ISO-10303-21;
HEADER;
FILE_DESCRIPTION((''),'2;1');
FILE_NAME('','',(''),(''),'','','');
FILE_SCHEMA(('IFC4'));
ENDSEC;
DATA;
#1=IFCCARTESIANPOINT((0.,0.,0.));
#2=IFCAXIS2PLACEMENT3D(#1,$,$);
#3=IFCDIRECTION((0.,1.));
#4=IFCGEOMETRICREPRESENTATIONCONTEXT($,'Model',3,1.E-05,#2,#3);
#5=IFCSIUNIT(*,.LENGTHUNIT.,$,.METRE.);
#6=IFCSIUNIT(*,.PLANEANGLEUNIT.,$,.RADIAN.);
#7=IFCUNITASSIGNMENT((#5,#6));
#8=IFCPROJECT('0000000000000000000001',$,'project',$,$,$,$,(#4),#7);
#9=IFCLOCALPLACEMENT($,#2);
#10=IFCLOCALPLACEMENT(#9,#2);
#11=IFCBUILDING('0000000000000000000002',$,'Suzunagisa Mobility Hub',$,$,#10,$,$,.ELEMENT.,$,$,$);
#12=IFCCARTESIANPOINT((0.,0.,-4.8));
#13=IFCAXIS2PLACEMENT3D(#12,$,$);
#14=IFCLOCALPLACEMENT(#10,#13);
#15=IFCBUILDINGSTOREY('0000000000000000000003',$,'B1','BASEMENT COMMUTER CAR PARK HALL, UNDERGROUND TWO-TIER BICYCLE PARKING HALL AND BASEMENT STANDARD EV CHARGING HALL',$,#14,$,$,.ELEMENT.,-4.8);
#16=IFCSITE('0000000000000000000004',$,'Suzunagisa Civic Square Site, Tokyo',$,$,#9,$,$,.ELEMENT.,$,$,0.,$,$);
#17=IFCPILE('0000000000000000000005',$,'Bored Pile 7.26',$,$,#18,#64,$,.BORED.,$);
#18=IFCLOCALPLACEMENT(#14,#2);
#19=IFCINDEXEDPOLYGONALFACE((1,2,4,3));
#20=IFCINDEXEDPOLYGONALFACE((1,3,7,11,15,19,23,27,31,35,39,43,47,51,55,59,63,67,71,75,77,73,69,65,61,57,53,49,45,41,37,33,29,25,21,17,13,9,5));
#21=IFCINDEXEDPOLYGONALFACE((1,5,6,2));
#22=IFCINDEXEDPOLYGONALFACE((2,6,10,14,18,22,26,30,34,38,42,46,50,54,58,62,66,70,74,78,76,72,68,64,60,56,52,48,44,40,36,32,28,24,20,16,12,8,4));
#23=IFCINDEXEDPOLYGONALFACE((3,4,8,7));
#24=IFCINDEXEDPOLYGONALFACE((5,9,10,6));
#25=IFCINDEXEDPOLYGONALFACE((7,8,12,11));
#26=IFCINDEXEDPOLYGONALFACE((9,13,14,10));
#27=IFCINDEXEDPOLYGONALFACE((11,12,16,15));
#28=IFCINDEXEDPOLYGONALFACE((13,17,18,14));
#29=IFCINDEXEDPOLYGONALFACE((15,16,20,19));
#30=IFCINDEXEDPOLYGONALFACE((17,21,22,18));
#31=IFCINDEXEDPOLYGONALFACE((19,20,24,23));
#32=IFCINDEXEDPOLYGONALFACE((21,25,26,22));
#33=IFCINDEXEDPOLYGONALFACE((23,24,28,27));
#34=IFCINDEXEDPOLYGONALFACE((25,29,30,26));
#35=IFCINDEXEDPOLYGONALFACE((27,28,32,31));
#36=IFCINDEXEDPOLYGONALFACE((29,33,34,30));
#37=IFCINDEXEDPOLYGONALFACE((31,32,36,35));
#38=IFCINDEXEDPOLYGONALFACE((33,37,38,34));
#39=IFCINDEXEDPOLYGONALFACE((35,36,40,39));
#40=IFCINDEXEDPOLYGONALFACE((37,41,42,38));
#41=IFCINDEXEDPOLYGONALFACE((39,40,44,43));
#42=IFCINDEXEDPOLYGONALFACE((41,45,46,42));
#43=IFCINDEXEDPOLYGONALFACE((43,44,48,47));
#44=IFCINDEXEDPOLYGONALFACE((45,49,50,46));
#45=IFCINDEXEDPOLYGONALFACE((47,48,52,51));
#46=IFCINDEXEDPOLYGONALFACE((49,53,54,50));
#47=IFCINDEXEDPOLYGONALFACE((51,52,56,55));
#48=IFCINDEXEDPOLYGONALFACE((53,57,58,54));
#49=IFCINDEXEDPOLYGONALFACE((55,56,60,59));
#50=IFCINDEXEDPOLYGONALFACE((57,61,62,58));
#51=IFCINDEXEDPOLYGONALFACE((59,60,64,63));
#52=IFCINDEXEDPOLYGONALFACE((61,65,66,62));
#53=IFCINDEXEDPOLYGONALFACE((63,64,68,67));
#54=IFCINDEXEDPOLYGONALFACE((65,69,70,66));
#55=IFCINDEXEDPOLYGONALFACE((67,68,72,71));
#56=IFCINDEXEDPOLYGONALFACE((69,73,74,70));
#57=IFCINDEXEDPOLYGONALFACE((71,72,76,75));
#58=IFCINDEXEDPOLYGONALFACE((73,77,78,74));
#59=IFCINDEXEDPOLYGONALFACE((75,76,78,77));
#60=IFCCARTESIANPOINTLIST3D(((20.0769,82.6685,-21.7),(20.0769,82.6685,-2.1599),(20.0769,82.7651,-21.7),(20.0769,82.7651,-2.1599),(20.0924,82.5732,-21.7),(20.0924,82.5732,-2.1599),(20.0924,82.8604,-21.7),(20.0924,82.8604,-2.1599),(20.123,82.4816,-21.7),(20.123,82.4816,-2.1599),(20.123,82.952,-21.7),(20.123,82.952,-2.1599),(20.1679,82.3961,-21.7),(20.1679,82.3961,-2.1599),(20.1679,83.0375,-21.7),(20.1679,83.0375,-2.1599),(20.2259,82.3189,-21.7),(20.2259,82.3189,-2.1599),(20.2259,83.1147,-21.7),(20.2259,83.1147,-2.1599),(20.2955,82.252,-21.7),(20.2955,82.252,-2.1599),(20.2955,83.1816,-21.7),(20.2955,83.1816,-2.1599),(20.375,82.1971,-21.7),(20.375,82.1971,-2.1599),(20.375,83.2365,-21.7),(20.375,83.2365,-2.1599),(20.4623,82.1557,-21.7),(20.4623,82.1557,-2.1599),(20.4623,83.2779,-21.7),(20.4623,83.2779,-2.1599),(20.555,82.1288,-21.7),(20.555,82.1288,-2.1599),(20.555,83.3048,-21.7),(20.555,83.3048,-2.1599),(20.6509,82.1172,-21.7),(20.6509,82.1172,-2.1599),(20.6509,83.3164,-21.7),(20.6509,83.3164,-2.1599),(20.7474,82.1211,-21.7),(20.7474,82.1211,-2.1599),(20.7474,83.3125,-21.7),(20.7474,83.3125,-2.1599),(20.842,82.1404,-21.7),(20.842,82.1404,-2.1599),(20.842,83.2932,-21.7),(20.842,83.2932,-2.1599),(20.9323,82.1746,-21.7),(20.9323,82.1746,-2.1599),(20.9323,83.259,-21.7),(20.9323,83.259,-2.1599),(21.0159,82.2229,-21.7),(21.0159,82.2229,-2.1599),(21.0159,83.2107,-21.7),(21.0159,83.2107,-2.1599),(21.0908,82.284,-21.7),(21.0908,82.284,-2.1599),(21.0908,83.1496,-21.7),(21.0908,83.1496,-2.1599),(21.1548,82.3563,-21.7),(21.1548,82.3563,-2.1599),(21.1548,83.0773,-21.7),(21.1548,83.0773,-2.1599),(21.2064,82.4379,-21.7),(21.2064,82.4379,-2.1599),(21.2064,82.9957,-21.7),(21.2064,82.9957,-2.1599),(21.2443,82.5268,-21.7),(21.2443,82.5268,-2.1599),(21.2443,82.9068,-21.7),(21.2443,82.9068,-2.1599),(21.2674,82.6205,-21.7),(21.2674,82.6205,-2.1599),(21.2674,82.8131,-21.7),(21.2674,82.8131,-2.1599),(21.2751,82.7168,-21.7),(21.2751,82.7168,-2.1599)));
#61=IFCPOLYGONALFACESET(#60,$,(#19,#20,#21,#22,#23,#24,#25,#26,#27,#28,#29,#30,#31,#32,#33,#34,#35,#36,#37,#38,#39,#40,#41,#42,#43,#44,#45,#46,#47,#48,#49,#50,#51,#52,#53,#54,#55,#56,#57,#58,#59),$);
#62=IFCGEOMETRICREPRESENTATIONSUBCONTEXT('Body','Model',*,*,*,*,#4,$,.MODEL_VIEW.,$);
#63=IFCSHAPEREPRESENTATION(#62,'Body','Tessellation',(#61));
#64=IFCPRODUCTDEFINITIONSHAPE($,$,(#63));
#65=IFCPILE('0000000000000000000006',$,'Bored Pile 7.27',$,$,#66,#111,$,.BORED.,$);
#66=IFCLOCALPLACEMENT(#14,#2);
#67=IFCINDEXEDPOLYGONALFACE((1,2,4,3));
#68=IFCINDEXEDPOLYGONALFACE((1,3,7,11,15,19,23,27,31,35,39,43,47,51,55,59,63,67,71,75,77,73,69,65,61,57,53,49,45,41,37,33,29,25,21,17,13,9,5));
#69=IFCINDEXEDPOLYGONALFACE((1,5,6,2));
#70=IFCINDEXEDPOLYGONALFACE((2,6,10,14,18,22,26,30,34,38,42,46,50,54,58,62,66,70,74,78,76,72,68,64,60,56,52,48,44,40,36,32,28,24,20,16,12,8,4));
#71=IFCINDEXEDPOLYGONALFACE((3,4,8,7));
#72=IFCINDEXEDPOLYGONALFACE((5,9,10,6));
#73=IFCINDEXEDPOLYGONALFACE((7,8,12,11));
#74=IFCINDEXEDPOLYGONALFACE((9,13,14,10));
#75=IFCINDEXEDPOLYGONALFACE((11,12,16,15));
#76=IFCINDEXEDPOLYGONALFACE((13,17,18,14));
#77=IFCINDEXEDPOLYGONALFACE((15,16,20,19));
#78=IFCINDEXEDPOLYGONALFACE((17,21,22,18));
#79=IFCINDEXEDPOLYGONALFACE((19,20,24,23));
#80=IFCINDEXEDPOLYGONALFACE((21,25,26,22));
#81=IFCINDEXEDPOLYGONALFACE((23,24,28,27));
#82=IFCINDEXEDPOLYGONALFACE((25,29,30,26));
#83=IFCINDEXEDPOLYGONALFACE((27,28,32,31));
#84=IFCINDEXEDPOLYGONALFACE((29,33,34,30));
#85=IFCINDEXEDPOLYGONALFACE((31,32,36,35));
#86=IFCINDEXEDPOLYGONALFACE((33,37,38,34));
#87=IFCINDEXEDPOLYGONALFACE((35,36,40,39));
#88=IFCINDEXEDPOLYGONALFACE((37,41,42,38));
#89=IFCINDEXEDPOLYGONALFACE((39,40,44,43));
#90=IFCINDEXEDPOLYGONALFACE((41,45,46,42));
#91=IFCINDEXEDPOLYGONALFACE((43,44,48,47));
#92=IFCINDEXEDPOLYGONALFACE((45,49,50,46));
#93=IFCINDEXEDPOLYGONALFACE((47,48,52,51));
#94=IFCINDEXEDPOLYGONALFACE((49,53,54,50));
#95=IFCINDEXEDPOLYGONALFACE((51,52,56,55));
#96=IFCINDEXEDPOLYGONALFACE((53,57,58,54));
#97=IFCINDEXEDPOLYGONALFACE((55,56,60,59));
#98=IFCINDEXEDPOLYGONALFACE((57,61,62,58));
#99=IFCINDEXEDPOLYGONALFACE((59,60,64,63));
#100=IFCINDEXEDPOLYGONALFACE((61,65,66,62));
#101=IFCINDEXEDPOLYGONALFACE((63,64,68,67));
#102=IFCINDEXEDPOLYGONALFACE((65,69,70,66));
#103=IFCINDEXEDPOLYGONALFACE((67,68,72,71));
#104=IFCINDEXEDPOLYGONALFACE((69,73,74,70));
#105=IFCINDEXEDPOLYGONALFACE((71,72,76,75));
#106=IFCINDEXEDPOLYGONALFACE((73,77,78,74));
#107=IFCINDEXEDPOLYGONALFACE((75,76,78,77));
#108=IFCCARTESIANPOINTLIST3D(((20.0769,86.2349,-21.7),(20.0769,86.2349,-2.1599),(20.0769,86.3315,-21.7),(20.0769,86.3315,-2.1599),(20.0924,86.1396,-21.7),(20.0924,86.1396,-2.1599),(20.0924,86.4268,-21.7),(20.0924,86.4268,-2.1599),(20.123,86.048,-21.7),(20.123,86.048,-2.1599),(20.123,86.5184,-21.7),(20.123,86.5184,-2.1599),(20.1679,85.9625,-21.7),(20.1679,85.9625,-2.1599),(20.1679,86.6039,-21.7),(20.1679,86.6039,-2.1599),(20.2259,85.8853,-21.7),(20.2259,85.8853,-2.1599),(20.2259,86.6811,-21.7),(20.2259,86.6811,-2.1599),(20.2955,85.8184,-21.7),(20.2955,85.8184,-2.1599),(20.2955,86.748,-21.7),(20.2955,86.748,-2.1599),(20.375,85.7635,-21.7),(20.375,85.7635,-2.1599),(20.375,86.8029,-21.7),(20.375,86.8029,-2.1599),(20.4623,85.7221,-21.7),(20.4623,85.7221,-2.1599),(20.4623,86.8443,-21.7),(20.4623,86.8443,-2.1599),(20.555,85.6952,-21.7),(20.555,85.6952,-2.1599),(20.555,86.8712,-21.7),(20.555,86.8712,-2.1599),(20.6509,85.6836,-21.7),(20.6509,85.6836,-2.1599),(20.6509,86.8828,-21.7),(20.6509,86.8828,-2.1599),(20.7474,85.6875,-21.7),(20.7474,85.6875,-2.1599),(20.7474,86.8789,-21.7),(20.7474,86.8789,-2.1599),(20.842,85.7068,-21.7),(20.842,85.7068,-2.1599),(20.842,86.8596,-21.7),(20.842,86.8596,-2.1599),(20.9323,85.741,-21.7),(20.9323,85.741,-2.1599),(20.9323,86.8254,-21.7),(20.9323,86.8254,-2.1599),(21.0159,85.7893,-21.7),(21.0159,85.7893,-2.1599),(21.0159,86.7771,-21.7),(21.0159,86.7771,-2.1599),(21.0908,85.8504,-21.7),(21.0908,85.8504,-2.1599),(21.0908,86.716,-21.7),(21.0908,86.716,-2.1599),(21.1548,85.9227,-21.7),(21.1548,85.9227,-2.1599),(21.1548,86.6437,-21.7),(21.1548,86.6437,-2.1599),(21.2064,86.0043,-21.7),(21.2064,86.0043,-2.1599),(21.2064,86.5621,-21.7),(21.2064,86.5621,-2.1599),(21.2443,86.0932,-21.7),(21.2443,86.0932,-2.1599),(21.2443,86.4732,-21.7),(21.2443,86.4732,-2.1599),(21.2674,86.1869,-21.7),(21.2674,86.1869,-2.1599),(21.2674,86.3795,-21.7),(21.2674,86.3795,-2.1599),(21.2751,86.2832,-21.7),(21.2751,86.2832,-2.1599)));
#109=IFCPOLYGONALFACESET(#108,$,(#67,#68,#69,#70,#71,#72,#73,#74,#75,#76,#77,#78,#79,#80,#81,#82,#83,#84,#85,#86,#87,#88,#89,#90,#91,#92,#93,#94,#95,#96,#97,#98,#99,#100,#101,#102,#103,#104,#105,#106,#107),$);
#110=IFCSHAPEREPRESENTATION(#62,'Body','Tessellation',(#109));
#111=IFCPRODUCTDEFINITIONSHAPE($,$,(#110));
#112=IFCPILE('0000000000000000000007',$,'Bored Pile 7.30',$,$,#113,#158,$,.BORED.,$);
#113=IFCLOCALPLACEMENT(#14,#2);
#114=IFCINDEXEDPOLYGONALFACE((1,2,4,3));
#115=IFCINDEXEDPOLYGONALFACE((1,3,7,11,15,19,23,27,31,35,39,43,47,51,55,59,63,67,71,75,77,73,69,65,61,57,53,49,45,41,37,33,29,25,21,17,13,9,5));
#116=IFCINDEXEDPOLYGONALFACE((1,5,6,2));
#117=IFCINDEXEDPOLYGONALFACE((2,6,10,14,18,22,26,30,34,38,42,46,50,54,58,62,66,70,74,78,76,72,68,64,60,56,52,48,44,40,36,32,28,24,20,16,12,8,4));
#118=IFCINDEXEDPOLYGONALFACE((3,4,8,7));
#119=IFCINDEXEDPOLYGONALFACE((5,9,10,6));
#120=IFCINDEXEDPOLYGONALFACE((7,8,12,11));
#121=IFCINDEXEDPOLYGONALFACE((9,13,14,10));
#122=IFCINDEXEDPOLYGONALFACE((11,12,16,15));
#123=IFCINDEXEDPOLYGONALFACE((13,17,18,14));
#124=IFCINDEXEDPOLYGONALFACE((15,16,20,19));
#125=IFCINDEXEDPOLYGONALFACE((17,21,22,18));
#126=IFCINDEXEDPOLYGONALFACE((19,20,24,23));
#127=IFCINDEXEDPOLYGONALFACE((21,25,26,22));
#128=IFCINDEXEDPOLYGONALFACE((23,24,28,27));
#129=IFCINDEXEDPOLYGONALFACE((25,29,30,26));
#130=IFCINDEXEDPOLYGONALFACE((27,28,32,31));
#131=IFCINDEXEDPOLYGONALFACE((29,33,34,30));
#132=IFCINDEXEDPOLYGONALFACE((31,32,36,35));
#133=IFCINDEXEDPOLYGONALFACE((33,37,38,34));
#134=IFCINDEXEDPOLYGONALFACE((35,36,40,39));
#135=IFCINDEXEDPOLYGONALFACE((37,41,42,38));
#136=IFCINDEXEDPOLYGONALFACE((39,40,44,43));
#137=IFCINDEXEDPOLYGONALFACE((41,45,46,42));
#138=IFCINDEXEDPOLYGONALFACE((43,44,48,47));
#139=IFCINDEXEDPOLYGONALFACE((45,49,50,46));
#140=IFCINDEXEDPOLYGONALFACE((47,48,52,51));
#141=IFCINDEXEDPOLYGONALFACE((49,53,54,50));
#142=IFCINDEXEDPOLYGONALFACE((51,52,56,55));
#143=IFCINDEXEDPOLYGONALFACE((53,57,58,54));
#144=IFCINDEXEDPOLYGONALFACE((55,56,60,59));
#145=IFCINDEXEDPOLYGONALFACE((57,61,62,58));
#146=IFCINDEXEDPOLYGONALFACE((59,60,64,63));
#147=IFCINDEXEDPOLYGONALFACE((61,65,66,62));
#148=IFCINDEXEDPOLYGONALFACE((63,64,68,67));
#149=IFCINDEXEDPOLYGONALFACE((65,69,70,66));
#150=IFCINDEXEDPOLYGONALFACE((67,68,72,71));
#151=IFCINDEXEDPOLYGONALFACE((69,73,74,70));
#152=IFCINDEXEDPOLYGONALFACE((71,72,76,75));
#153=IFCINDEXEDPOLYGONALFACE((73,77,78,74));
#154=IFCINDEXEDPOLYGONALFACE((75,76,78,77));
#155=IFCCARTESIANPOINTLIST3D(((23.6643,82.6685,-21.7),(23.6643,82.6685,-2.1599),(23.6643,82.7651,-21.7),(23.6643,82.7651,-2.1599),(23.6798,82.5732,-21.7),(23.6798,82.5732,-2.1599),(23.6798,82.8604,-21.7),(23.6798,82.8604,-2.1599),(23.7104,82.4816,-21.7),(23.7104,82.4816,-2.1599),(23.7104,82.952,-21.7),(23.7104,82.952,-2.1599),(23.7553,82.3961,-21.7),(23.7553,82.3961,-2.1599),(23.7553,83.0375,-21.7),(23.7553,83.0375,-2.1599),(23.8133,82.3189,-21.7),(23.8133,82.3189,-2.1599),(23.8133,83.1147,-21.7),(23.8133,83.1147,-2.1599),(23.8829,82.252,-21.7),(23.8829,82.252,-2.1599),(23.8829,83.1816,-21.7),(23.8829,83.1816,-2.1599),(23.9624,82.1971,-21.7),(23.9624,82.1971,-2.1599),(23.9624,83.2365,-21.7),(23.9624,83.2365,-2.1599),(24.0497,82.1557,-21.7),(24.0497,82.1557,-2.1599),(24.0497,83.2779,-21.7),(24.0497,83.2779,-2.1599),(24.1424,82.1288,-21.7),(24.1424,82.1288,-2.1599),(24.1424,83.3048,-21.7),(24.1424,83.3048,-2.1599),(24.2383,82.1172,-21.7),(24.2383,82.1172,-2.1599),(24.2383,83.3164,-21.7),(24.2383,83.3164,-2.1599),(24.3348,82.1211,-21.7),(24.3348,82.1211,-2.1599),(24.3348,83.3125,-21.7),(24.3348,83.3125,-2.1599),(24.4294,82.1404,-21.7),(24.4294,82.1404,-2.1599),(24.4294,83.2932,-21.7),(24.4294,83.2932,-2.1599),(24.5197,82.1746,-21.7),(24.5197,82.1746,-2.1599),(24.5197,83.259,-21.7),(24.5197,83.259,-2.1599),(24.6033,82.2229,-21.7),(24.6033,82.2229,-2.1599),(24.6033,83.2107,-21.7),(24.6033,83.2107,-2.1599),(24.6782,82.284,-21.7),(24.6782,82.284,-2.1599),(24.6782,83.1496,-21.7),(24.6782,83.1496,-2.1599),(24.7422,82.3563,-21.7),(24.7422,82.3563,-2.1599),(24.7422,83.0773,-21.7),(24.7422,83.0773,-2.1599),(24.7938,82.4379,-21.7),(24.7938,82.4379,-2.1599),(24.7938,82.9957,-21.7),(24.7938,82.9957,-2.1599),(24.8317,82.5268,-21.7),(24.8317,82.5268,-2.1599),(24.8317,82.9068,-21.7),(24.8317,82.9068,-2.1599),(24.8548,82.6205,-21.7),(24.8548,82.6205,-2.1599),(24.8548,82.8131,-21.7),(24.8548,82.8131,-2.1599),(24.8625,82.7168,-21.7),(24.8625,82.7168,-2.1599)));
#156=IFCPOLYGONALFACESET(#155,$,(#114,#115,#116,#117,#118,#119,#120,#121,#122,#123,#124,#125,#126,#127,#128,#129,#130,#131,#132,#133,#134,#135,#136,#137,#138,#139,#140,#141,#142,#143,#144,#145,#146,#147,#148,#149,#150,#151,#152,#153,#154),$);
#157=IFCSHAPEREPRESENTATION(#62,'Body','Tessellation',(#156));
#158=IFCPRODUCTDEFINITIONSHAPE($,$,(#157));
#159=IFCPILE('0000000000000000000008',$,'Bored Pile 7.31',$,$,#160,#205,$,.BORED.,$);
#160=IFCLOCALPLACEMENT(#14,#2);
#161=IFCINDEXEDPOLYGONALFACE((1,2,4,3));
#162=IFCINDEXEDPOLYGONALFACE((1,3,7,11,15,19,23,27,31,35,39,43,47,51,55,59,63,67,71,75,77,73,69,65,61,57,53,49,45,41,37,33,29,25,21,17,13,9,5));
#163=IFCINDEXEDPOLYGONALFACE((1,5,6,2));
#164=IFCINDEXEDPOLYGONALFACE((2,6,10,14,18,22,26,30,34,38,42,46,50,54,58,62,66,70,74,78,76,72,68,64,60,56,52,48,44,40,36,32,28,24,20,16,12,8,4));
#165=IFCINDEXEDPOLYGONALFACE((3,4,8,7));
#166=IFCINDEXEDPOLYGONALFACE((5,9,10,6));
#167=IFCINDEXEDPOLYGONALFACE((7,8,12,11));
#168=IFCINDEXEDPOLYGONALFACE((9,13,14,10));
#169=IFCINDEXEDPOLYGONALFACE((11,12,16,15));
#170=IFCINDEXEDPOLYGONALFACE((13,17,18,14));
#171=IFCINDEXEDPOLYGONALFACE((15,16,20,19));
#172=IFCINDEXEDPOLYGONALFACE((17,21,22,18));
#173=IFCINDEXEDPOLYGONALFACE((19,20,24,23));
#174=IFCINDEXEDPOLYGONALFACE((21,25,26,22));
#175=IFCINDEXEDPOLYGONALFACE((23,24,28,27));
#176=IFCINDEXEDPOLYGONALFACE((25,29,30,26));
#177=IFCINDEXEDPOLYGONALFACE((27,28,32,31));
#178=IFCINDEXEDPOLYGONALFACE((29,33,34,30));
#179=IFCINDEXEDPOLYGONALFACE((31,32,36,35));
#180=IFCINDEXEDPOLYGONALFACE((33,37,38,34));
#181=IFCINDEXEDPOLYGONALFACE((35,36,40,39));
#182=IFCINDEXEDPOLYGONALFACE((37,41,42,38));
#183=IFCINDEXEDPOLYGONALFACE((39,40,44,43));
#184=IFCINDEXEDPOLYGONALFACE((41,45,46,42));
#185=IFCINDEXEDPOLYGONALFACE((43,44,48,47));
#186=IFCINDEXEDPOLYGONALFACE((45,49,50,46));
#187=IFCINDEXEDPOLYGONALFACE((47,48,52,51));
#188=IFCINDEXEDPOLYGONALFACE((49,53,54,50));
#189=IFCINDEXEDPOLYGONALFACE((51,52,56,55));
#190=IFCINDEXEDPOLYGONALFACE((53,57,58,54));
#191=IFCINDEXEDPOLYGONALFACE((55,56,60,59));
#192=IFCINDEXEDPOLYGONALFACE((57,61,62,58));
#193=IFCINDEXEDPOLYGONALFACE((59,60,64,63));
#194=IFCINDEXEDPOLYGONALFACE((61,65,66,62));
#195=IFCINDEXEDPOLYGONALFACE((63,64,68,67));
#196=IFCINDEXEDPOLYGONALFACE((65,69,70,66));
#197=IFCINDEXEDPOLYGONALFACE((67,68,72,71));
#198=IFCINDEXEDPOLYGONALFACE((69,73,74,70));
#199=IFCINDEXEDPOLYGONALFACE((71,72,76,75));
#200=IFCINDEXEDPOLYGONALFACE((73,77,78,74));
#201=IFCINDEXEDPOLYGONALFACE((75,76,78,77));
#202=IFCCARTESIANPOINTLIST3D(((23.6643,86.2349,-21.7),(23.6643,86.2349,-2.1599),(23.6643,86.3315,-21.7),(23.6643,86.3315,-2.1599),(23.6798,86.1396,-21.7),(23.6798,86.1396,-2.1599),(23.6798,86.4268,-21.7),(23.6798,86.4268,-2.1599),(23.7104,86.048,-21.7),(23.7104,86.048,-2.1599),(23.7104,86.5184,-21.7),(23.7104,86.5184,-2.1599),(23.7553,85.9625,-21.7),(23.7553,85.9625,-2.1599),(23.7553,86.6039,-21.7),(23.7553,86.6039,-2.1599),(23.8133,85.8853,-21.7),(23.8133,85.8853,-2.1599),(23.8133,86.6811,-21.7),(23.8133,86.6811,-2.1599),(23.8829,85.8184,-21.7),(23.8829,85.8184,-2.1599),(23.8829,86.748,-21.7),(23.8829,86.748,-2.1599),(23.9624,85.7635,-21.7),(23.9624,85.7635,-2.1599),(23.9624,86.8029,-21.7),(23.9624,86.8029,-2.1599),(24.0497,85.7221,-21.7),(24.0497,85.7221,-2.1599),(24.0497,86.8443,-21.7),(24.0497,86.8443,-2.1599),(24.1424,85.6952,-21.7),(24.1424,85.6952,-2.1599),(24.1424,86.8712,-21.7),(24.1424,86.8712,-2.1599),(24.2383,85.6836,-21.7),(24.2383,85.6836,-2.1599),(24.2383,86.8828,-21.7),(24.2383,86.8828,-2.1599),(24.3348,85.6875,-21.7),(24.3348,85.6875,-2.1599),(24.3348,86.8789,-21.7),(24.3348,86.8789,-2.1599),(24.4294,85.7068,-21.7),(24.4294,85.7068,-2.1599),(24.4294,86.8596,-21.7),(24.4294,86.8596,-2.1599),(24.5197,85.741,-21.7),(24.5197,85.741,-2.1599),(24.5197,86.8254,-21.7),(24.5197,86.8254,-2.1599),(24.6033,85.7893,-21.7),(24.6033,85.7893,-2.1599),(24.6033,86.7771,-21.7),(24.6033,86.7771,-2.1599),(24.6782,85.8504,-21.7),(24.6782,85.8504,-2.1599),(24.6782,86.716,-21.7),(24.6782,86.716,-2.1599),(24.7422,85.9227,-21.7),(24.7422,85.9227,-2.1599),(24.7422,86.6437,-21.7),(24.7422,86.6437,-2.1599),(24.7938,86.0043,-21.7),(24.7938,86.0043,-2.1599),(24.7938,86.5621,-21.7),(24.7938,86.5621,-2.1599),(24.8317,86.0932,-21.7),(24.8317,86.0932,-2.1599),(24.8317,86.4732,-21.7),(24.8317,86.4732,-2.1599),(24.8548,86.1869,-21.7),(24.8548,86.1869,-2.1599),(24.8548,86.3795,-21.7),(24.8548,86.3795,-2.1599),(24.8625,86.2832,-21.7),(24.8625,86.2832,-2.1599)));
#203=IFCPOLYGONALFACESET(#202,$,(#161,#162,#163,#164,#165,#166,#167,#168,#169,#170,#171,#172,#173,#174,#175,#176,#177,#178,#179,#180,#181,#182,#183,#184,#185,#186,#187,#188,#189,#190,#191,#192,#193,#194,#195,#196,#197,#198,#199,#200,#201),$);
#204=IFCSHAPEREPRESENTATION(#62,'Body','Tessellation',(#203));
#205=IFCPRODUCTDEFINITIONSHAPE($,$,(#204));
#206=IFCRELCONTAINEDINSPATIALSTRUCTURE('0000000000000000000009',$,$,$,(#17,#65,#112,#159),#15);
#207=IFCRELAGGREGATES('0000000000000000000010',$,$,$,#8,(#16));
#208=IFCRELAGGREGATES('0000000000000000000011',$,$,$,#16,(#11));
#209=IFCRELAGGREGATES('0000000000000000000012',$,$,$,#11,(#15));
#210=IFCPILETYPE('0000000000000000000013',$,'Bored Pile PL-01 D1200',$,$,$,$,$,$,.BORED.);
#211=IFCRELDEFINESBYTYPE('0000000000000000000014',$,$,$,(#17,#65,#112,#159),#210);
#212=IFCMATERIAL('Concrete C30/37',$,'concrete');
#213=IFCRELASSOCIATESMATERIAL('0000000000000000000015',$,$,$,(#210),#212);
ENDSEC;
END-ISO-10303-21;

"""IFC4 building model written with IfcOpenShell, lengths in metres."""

from ifc_helpers import new_model, si_unit, direction, frame, origin, origin_2d, place, context, subcontext, project, spatial, circle, extrude, material, material_profile, profile_set, type_object, element, save


model = new_model("IFC4")

# Units and contexts
model_context = context("Model", 3, precision=1e-05, world=origin(), true_north=direction((0.0, 1.0)))
body_context = subcontext(model_context, "Body", "Model", "MODEL_VIEW")
ifc_project = project(units=[si_unit("LENGTHUNIT", "METRE"), si_unit("PLANEANGLEUNIT", "RADIAN")], contexts=[model_context])

# Site, building, storey
site_placement = place(None, origin())
site = spatial("IfcSite", under=ifc_project, at=site_placement, Name="Suzunagisa Civic Square Site, Tokyo", CompositionType="ELEMENT", RefElevation=0.0)
building_placement = place(site_placement, origin())
building = spatial("IfcBuilding", under=site, at=building_placement, Name="Suzunagisa Mobility Hub", CompositionType="ELEMENT")
storey_placement = place(building_placement, frame((0.0, 0.0, -4.8)))
storey = spatial("IfcBuildingStorey", under=building, at=storey_placement, Name="B1", Description="BASEMENT COMMUTER CAR PARK HALL, UNDERGROUND TWO-TIER BICYCLE PARKING HALL AND BASEMENT STANDARD EV CHARGING HALL", CompositionType="ELEMENT", Elevation=-4.8)

# Piles
ifc_material_1 = material(Name="Concrete C30/37", Category="concrete")
ifc_material_profile_1 = material_profile(ifc_material_1, circle(Radius=0.6001, at=origin_2d()), Name="BORED PILE D1200")
ifc_profile_set_1 = profile_set([ifc_material_profile_1], Name="Concrete C30/37")
pile_type = type_object("IfcPileType", Name="Bored Pile PL-01 D1200", PredefinedType="BORED", material=ifc_profile_set_1)
for number, where, z_axis, x_axis, name in (
    (1, (20.675, 82.7168, -2.1599), (0.0, 0.0, -1.0), (1.0, 0.0, 0.0), "Bored Pile 7.26"),
    (2, (20.675, 86.2832, -2.1599), (0.0, 0.0, -1.0), (1.0, 0.0, 0.0), "Bored Pile 7.27"),
    (3, (24.2625, 82.7168, -2.1599), (0.0, 0.0, -1.0), (1.0, 0.0, 0.0), "Bored Pile 7.30"),
    (4, (24.2625, 86.2832, -2.1599), (0.0, 0.0, -1.0), (1.0, 0.0, 0.0), "Bored Pile 7.31"),
):
    element("IfcPile", number, at=place(storey_placement, frame(where, z_axis=z_axis, x_axis=x_axis)), inside=storey, type_object=pile_type, Name=name, PredefinedType="BORED", context=body_context, shape_type="SweptSolid", body=[
        extrude(circle(Radius=0.6001, at=origin_2d()), origin(), (0.0, 0.0, 1.0), 19.54),
    ])

save(model, "model.ifc")
